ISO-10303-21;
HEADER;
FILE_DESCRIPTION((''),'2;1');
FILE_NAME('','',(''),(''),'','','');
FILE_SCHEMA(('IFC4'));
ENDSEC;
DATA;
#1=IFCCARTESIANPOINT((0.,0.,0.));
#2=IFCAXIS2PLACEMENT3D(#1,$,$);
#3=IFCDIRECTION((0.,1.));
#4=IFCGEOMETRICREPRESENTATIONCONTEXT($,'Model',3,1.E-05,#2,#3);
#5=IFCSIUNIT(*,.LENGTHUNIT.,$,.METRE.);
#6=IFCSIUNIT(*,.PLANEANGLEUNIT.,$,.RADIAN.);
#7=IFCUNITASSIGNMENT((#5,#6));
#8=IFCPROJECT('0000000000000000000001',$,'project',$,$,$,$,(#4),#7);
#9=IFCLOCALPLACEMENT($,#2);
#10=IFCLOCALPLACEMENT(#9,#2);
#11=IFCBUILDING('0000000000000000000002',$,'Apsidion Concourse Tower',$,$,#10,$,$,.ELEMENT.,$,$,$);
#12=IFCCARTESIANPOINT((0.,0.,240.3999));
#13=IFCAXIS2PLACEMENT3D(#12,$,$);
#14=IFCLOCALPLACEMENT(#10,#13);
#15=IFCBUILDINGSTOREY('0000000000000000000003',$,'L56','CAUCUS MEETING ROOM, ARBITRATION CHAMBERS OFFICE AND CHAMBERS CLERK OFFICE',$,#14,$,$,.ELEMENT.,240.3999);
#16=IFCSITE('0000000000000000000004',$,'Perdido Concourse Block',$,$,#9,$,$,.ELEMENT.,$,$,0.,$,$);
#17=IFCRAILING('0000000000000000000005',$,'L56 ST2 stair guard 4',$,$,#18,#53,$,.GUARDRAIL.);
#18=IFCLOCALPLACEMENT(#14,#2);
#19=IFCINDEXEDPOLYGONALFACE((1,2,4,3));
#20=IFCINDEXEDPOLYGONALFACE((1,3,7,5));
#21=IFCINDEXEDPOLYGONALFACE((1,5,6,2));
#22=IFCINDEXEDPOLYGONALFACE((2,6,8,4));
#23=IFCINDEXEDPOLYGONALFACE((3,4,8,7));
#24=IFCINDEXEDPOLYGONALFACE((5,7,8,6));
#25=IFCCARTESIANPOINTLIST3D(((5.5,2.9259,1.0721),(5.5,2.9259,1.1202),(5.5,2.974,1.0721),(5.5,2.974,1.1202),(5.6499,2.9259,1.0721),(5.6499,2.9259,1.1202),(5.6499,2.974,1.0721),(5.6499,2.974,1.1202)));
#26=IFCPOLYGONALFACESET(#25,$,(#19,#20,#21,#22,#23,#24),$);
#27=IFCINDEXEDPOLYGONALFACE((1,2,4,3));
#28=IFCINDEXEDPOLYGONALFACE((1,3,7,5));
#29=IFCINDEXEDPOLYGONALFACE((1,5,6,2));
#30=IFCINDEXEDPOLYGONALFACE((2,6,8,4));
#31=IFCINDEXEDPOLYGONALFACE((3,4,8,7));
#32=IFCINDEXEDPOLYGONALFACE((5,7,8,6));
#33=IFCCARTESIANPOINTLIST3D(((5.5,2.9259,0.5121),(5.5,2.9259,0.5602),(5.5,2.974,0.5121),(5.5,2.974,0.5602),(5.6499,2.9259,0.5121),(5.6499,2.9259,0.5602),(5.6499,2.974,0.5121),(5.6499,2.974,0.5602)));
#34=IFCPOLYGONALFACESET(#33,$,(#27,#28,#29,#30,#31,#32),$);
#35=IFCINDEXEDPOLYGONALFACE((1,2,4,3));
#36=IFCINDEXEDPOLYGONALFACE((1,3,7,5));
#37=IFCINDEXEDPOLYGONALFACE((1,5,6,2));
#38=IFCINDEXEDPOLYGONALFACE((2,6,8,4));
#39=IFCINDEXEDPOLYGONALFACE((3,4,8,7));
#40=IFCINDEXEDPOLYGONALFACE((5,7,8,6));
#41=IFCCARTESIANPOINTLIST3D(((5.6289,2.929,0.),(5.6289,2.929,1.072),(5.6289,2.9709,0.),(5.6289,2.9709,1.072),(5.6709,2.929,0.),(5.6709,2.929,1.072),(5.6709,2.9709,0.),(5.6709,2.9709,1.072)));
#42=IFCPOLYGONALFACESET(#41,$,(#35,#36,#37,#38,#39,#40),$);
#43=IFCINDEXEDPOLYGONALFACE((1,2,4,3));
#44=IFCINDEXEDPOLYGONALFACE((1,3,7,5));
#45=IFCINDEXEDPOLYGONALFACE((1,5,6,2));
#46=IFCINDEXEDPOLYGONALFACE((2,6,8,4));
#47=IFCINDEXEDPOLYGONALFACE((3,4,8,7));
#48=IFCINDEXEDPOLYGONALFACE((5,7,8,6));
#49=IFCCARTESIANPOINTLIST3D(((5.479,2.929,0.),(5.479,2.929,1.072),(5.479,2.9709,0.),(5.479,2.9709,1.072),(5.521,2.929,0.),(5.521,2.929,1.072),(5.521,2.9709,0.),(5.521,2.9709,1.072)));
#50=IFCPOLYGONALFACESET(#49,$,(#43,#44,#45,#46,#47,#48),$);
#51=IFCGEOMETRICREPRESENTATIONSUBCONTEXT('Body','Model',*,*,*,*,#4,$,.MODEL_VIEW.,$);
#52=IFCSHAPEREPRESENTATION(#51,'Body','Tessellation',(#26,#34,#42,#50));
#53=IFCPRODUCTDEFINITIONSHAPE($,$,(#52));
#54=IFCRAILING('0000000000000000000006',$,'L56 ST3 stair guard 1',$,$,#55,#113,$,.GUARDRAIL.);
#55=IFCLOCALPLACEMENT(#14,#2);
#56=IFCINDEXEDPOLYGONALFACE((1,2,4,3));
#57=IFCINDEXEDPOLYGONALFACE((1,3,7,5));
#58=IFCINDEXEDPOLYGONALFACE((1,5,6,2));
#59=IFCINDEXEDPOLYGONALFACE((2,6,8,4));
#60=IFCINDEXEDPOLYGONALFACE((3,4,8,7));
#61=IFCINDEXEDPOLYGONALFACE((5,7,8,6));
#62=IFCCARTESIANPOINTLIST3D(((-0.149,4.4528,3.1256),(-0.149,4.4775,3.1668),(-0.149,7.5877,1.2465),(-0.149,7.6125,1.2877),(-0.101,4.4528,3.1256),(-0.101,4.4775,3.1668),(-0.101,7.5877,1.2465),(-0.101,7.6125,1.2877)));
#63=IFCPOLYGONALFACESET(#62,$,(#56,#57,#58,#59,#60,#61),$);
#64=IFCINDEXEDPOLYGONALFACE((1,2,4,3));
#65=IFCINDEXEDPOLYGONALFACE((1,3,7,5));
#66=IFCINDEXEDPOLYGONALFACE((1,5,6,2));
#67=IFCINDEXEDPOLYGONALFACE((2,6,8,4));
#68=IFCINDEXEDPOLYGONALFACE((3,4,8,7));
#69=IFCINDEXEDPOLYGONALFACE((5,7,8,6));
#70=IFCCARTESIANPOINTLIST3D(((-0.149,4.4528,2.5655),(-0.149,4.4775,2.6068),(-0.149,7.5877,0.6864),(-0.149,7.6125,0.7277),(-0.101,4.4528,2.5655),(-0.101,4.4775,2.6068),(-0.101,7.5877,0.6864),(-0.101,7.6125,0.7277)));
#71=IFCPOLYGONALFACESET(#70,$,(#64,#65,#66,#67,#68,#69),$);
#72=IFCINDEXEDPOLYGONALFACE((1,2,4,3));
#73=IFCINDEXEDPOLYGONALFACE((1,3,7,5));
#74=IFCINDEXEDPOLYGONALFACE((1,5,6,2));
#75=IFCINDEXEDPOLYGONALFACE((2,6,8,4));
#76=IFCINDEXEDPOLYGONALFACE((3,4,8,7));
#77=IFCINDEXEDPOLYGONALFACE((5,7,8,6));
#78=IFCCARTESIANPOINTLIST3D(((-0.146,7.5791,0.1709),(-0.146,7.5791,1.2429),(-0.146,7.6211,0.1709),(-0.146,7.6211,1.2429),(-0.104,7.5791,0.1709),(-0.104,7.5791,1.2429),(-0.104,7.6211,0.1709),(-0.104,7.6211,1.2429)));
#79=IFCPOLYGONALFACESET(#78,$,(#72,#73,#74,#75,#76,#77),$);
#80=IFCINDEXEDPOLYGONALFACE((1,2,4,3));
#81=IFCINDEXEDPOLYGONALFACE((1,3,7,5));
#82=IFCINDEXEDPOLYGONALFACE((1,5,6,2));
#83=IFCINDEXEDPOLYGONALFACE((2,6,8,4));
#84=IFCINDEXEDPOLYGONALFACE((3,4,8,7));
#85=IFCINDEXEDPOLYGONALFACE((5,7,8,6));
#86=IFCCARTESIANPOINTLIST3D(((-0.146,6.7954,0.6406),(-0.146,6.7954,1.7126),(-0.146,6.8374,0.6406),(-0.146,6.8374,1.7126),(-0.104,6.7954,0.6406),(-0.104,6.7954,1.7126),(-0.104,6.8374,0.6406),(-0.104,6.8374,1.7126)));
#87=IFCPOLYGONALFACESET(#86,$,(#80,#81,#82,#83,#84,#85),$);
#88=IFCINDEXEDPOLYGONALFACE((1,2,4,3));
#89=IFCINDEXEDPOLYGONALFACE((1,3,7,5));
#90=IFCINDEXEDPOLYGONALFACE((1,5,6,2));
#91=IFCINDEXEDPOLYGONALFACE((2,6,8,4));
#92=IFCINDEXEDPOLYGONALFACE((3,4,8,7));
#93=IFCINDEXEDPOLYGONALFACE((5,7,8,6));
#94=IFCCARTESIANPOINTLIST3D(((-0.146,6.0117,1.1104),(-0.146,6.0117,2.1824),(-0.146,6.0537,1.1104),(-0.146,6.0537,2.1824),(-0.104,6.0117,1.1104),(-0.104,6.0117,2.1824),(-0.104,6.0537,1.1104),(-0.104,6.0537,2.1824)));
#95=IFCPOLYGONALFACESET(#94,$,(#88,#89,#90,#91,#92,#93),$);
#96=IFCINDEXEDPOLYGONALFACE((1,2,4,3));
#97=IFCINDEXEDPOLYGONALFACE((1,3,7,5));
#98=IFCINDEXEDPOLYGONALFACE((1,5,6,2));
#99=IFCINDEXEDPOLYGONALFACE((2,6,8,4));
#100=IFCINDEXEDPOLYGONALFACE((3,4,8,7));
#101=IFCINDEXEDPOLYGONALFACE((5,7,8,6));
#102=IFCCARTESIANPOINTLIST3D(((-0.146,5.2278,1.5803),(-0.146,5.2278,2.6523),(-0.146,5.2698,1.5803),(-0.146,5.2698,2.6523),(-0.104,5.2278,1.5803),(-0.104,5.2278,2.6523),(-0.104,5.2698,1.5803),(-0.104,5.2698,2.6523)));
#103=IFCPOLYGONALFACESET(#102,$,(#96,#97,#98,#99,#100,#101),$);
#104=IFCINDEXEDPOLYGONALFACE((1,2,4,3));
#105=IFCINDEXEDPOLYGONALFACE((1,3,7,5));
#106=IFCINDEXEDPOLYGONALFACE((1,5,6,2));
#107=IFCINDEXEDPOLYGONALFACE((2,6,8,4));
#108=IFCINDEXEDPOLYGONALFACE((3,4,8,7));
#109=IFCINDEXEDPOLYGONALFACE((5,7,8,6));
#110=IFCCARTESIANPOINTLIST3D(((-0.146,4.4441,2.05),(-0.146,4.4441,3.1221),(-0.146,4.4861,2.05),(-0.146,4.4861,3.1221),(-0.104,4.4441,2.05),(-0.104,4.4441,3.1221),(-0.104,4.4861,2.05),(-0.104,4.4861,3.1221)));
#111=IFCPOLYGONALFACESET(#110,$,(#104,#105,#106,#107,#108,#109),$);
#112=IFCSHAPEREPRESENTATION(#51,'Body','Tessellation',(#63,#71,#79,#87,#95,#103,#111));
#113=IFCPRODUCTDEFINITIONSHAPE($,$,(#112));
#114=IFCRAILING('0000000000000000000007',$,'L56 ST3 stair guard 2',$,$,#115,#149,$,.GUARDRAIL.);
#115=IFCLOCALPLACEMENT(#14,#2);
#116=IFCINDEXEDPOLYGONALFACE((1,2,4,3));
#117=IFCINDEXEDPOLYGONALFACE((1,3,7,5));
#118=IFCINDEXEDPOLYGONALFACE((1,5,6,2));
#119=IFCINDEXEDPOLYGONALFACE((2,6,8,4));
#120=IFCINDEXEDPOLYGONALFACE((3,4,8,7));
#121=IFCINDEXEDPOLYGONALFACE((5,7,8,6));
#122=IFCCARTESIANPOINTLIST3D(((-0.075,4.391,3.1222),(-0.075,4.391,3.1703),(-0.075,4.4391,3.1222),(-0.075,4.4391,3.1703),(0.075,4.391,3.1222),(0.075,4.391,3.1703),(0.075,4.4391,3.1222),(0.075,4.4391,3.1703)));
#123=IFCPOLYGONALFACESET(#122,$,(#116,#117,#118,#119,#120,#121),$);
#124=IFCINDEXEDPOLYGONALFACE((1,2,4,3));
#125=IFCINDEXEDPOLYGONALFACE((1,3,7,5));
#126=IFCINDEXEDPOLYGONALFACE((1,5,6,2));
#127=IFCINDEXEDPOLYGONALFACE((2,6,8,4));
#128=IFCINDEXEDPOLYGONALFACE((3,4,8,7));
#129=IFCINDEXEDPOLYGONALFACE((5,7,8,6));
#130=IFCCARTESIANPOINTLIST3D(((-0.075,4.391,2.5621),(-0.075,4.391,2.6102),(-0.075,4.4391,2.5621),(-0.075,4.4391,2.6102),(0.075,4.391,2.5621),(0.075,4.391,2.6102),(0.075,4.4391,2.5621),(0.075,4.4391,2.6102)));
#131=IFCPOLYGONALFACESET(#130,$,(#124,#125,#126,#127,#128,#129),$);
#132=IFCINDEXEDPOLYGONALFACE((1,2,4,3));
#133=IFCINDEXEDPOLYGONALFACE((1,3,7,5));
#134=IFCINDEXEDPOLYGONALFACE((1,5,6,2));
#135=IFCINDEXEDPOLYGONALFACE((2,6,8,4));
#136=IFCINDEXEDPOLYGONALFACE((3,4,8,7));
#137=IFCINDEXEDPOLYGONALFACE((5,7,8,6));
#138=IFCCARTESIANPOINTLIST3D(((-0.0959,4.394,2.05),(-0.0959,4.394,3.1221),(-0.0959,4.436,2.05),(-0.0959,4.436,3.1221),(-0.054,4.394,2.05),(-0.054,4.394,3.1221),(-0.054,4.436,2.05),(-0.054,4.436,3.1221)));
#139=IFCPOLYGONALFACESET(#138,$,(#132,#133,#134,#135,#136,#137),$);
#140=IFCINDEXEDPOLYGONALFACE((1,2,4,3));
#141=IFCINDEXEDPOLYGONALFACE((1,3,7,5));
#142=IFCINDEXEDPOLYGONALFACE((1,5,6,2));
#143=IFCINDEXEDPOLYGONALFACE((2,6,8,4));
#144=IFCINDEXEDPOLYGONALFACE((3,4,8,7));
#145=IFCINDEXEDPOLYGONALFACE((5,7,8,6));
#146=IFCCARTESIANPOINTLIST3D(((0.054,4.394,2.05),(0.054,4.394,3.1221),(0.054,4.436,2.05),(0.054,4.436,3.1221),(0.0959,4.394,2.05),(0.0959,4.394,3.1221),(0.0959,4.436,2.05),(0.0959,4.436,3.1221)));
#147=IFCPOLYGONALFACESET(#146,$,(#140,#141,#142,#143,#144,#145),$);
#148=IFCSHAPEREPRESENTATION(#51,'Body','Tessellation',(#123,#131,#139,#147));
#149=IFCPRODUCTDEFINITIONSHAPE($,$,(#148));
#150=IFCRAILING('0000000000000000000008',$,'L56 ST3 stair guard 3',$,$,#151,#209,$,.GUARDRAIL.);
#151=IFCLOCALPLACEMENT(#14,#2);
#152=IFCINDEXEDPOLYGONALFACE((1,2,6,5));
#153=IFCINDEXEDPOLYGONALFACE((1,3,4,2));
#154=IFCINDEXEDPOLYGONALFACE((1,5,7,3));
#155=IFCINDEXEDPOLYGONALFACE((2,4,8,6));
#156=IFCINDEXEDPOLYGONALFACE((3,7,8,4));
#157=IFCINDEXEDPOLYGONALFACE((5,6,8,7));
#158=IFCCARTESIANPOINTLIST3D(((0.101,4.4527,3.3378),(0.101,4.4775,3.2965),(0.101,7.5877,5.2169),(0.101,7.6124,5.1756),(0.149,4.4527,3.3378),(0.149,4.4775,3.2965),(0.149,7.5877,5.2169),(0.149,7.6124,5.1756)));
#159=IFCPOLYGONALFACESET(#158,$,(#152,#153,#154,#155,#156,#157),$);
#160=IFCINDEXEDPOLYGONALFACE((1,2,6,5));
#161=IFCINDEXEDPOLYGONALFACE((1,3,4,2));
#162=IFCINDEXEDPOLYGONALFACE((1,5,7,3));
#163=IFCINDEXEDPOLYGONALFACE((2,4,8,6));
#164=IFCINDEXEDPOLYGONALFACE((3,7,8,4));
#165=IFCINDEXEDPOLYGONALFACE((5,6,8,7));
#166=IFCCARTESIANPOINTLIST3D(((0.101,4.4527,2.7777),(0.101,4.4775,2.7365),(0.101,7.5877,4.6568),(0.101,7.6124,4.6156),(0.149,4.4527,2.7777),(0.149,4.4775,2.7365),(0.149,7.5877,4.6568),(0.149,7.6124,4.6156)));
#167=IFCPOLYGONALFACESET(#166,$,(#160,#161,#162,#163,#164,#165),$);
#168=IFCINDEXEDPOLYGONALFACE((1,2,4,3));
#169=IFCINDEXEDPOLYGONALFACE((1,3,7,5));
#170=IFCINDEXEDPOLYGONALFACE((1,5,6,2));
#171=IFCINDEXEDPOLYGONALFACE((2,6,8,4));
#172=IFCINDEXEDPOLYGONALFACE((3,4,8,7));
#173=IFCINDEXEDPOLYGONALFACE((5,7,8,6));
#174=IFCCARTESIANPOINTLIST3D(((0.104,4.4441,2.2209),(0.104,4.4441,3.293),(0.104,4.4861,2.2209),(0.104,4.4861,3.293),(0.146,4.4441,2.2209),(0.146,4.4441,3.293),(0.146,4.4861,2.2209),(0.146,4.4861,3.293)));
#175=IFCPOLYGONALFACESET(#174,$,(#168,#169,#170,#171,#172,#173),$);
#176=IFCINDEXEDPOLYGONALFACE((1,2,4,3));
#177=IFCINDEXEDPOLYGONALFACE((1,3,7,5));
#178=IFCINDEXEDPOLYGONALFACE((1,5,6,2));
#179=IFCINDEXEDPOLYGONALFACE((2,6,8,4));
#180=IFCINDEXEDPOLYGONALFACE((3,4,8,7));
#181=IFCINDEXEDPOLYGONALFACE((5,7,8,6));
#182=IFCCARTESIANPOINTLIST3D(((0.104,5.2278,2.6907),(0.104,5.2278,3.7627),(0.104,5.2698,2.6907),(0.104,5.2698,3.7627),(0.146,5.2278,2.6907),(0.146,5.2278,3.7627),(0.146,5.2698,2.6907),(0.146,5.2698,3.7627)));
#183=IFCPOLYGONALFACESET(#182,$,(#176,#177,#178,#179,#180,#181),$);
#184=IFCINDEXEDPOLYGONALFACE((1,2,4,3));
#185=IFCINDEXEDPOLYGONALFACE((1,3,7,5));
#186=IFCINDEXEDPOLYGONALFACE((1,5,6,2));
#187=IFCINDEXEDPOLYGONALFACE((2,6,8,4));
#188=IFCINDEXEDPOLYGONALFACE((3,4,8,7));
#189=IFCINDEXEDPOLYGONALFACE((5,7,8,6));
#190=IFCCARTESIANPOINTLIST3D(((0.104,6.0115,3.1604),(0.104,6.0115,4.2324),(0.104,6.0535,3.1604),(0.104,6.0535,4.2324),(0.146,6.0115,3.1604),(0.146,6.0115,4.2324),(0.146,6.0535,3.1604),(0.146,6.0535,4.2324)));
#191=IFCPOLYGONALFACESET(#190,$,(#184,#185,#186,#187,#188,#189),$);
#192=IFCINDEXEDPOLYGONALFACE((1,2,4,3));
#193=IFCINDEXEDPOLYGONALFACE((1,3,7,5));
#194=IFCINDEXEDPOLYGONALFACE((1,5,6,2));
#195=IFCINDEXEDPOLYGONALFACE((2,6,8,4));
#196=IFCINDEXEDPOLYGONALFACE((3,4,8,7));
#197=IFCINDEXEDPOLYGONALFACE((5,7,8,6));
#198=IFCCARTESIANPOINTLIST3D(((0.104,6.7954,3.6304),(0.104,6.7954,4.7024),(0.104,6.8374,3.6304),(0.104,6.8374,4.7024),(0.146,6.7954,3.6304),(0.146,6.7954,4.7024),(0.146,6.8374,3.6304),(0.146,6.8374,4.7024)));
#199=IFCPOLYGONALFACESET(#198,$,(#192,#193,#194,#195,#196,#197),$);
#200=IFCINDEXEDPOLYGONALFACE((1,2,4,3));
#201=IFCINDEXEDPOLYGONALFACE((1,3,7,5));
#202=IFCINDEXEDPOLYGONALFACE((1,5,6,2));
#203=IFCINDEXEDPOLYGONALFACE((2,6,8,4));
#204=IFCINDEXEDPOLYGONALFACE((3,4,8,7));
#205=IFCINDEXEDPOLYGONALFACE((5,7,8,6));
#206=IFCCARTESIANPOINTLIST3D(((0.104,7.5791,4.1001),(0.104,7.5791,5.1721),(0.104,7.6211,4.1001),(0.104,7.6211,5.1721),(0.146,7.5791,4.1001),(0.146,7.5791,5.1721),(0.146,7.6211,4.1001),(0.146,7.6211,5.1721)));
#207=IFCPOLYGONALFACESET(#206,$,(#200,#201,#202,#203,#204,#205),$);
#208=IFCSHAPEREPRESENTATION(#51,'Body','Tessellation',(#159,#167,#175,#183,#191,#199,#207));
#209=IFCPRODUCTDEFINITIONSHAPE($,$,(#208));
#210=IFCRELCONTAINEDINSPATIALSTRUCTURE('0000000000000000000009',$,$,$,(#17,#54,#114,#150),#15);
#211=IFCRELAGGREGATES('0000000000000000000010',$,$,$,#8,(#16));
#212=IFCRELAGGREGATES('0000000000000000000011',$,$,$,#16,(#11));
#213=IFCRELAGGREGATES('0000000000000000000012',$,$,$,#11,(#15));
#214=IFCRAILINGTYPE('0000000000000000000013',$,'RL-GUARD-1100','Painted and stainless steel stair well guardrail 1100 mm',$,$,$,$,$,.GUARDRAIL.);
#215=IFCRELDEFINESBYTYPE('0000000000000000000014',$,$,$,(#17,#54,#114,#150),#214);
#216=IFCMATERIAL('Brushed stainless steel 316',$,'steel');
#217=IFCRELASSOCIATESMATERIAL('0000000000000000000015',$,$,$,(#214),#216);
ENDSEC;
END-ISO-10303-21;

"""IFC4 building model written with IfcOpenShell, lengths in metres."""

from ifc_helpers import new_model, si_unit, direction, frame, origin, origin_2d, place, context, subcontext, project, spatial, rectangle, extrude, material, type_object, element, save


model = new_model("IFC4")

# Units and contexts
model_context = context("Model", 3, precision=1e-05, world=origin(), true_north=direction((0.0, 1.0)))
body_context = subcontext(model_context, "Body", "Model", "MODEL_VIEW")
ifc_project = project(units=[si_unit("LENGTHUNIT", "METRE"), si_unit("PLANEANGLEUNIT", "RADIAN")], contexts=[model_context])

# Site, building, storey
site_placement = place(None, origin())
site = spatial("IfcSite", under=ifc_project, at=site_placement, Name="Perdido Concourse Block", CompositionType="ELEMENT", RefElevation=0.0)
building_placement = place(site_placement, origin())
building = spatial("IfcBuilding", under=site, at=building_placement, Name="Apsidion Concourse Tower", CompositionType="ELEMENT")
storey_placement = place(building_placement, frame((0.0, 0.0, 240.3999)))
storey = spatial("IfcBuildingStorey", under=building, at=storey_placement, Name="L56", Description="CAUCUS MEETING ROOM, ARBITRATION CHAMBERS OFFICE AND CHAMBERS CLERK OFFICE", CompositionType="ELEMENT", Elevation=240.3999)

# Railings
ifc_material_1 = material(Name="Brushed stainless steel 316", Category="steel")
railing_type_1 = type_object("IfcRailingType", Name="RL-GUARD-1100", Description="Painted and stainless steel stair well guardrail 1100 mm", PredefinedType="GUARDRAIL", material=ifc_material_1)
railing_1_placement = place(storey_placement, frame((5.6499, 2.95, 0.0)))
element("IfcRailing", 1, at=railing_1_placement, inside=storey, type_object=railing_type_1, Name="L56 ST2 stair guard 4", PredefinedType="GUARDRAIL", context=body_context, shape_type="SweptSolid", body=[
    extrude(rectangle(XDim=0.0481, YDim=0.0481, at=origin_2d()), frame((0.0, 0.0, 1.0962), z_axis=(-1.0, 0.0, 0.0), x_axis=(0.0, -1.0, 0.0)), (0.0, 0.0, 1.0), 0.1499),
    extrude(rectangle(XDim=0.0481, YDim=0.0481, at=origin_2d()), frame((0.0, 0.0, 0.5361), z_axis=(-1.0, 0.0, 0.0), x_axis=(0.0, -1.0, 0.0)), (0.0, 0.0, 1.0), 0.1499),
    extrude(rectangle(XDim=0.042, YDim=0.042, at=origin_2d()), origin(), (0.0, 0.0, 1.0), 1.072),
    extrude(rectangle(XDim=0.042, YDim=0.042, at=origin_2d()), frame((-0.1499, 0.0, 0.0)), (0.0, 0.0, 1.0), 1.072),
])
railing_2_placement = place(storey_placement, frame((-0.125, 7.6001, 0.1709)))
element("IfcRailing", 2, at=railing_2_placement, inside=storey, type_object=railing_type_1, Name="L56 ST3 stair guard 1", PredefinedType="GUARDRAIL", context=body_context, shape_type="SweptSolid", body=[
    extrude(rectangle(XDim=0.0481, YDim=0.0481, at=origin_2d()), frame((0.0, 0.0, 1.0962), z_axis=(0.0, -0.857717, 0.514122), x_axis=(1.0, 0.0, 0.0)), (0.0, 0.0, 1.0), 3.655),
    extrude(rectangle(XDim=0.0481, YDim=0.0481, at=origin_2d()), frame((0.0, 0.0, 0.5361), z_axis=(0.0, -0.857717, 0.514122), x_axis=(1.0, 0.0, 0.0)), (0.0, 0.0, 1.0), 3.655),
    extrude(rectangle(XDim=0.042, YDim=0.042, at=origin_2d()), origin(), (0.0, 0.0, 1.0), 1.072),
    extrude(rectangle(XDim=0.042, YDim=0.042, at=origin_2d()), frame((0.0, -0.7837, 0.4697)), (0.0, 0.0, 1.0), 1.072),
    extrude(rectangle(XDim=0.042, YDim=0.042, at=origin_2d()), frame((0.0, -1.5674, 0.9395)), (0.0, 0.0, 1.0), 1.072),
    extrude(rectangle(XDim=0.042, YDim=0.042, at=origin_2d()), frame((0.0, -2.3513, 1.4094)), (0.0, 0.0, 1.0), 1.072),
    extrude(rectangle(XDim=0.042, YDim=0.042, at=origin_2d()), frame((0.0, -3.135, 1.8792)), (0.0, 0.0, 1.0), 1.072),
])
railing_3_placement = place(storey_placement, frame((-0.075, 4.415, 2.05)))
element("IfcRailing", 3, at=railing_3_placement, inside=storey, type_object=railing_type_1, Name="L56 ST3 stair guard 2", PredefinedType="GUARDRAIL", context=body_context, shape_type="SweptSolid", body=[
    extrude(rectangle(XDim=0.0481, YDim=0.0481, at=origin_2d()), frame((0.0, 0.0, 1.0962), z_axis=(1.0, 0.0, 0.0), x_axis=(0.0, 1.0, 0.0)), (0.0, 0.0, 1.0), 0.1499),
    extrude(rectangle(XDim=0.0481, YDim=0.0481, at=origin_2d()), frame((0.0, 0.0, 0.5361), z_axis=(1.0, 0.0, 0.0), x_axis=(0.0, 1.0, 0.0)), (0.0, 0.0, 1.0), 0.1499),
    extrude(rectangle(XDim=0.042, YDim=0.042, at=origin_2d()), origin(), (0.0, 0.0, 1.0), 1.072),
    extrude(rectangle(XDim=0.042, YDim=0.042, at=origin_2d()), frame((0.1499, 0.0, 0.0)), (0.0, 0.0, 1.0), 1.072),
])
railing_4_placement = place(storey_placement, frame((0.125, 4.4651, 2.2209)))
element("IfcRailing", 4, at=railing_4_placement, inside=storey, type_object=railing_type_1, Name="L56 ST3 stair guard 3", PredefinedType="GUARDRAIL", context=body_context, shape_type="SweptSolid", body=[
    extrude(rectangle(XDim=0.0481, YDim=0.0481, at=origin_2d()), frame((0.0, 0.0, 1.0962), z_axis=(0.0, 0.857717, 0.514122), x_axis=(-1.0, 0.0, 0.0)), (0.0, 0.0, 1.0), 3.655),
    extrude(rectangle(XDim=0.0481, YDim=0.0481, at=origin_2d()), frame((0.0, 0.0, 0.5361), z_axis=(0.0, 0.857717, 0.514122), x_axis=(-1.0, 0.0, 0.0)), (0.0, 0.0, 1.0), 3.655),
    extrude(rectangle(XDim=0.042, YDim=0.042, at=origin_2d()), origin(), (0.0, 0.0, 1.0), 1.072),
    extrude(rectangle(XDim=0.042, YDim=0.042, at=origin_2d()), frame((0.0, 0.7837, 0.4697)), (0.0, 0.0, 1.0), 1.072),
    extrude(rectangle(XDim=0.042, YDim=0.042, at=origin_2d()), frame((0.0, 1.5674, 0.9395)), (0.0, 0.0, 1.0), 1.072),
    extrude(rectangle(XDim=0.042, YDim=0.042, at=origin_2d()), frame((0.0, 2.3513, 1.4094)), (0.0, 0.0, 1.0), 1.072),
    extrude(rectangle(XDim=0.042, YDim=0.042, at=origin_2d()), frame((0.0, 3.135, 1.8792)), (0.0, 0.0, 1.0), 1.072),
])

save(model, "model.ifc")
